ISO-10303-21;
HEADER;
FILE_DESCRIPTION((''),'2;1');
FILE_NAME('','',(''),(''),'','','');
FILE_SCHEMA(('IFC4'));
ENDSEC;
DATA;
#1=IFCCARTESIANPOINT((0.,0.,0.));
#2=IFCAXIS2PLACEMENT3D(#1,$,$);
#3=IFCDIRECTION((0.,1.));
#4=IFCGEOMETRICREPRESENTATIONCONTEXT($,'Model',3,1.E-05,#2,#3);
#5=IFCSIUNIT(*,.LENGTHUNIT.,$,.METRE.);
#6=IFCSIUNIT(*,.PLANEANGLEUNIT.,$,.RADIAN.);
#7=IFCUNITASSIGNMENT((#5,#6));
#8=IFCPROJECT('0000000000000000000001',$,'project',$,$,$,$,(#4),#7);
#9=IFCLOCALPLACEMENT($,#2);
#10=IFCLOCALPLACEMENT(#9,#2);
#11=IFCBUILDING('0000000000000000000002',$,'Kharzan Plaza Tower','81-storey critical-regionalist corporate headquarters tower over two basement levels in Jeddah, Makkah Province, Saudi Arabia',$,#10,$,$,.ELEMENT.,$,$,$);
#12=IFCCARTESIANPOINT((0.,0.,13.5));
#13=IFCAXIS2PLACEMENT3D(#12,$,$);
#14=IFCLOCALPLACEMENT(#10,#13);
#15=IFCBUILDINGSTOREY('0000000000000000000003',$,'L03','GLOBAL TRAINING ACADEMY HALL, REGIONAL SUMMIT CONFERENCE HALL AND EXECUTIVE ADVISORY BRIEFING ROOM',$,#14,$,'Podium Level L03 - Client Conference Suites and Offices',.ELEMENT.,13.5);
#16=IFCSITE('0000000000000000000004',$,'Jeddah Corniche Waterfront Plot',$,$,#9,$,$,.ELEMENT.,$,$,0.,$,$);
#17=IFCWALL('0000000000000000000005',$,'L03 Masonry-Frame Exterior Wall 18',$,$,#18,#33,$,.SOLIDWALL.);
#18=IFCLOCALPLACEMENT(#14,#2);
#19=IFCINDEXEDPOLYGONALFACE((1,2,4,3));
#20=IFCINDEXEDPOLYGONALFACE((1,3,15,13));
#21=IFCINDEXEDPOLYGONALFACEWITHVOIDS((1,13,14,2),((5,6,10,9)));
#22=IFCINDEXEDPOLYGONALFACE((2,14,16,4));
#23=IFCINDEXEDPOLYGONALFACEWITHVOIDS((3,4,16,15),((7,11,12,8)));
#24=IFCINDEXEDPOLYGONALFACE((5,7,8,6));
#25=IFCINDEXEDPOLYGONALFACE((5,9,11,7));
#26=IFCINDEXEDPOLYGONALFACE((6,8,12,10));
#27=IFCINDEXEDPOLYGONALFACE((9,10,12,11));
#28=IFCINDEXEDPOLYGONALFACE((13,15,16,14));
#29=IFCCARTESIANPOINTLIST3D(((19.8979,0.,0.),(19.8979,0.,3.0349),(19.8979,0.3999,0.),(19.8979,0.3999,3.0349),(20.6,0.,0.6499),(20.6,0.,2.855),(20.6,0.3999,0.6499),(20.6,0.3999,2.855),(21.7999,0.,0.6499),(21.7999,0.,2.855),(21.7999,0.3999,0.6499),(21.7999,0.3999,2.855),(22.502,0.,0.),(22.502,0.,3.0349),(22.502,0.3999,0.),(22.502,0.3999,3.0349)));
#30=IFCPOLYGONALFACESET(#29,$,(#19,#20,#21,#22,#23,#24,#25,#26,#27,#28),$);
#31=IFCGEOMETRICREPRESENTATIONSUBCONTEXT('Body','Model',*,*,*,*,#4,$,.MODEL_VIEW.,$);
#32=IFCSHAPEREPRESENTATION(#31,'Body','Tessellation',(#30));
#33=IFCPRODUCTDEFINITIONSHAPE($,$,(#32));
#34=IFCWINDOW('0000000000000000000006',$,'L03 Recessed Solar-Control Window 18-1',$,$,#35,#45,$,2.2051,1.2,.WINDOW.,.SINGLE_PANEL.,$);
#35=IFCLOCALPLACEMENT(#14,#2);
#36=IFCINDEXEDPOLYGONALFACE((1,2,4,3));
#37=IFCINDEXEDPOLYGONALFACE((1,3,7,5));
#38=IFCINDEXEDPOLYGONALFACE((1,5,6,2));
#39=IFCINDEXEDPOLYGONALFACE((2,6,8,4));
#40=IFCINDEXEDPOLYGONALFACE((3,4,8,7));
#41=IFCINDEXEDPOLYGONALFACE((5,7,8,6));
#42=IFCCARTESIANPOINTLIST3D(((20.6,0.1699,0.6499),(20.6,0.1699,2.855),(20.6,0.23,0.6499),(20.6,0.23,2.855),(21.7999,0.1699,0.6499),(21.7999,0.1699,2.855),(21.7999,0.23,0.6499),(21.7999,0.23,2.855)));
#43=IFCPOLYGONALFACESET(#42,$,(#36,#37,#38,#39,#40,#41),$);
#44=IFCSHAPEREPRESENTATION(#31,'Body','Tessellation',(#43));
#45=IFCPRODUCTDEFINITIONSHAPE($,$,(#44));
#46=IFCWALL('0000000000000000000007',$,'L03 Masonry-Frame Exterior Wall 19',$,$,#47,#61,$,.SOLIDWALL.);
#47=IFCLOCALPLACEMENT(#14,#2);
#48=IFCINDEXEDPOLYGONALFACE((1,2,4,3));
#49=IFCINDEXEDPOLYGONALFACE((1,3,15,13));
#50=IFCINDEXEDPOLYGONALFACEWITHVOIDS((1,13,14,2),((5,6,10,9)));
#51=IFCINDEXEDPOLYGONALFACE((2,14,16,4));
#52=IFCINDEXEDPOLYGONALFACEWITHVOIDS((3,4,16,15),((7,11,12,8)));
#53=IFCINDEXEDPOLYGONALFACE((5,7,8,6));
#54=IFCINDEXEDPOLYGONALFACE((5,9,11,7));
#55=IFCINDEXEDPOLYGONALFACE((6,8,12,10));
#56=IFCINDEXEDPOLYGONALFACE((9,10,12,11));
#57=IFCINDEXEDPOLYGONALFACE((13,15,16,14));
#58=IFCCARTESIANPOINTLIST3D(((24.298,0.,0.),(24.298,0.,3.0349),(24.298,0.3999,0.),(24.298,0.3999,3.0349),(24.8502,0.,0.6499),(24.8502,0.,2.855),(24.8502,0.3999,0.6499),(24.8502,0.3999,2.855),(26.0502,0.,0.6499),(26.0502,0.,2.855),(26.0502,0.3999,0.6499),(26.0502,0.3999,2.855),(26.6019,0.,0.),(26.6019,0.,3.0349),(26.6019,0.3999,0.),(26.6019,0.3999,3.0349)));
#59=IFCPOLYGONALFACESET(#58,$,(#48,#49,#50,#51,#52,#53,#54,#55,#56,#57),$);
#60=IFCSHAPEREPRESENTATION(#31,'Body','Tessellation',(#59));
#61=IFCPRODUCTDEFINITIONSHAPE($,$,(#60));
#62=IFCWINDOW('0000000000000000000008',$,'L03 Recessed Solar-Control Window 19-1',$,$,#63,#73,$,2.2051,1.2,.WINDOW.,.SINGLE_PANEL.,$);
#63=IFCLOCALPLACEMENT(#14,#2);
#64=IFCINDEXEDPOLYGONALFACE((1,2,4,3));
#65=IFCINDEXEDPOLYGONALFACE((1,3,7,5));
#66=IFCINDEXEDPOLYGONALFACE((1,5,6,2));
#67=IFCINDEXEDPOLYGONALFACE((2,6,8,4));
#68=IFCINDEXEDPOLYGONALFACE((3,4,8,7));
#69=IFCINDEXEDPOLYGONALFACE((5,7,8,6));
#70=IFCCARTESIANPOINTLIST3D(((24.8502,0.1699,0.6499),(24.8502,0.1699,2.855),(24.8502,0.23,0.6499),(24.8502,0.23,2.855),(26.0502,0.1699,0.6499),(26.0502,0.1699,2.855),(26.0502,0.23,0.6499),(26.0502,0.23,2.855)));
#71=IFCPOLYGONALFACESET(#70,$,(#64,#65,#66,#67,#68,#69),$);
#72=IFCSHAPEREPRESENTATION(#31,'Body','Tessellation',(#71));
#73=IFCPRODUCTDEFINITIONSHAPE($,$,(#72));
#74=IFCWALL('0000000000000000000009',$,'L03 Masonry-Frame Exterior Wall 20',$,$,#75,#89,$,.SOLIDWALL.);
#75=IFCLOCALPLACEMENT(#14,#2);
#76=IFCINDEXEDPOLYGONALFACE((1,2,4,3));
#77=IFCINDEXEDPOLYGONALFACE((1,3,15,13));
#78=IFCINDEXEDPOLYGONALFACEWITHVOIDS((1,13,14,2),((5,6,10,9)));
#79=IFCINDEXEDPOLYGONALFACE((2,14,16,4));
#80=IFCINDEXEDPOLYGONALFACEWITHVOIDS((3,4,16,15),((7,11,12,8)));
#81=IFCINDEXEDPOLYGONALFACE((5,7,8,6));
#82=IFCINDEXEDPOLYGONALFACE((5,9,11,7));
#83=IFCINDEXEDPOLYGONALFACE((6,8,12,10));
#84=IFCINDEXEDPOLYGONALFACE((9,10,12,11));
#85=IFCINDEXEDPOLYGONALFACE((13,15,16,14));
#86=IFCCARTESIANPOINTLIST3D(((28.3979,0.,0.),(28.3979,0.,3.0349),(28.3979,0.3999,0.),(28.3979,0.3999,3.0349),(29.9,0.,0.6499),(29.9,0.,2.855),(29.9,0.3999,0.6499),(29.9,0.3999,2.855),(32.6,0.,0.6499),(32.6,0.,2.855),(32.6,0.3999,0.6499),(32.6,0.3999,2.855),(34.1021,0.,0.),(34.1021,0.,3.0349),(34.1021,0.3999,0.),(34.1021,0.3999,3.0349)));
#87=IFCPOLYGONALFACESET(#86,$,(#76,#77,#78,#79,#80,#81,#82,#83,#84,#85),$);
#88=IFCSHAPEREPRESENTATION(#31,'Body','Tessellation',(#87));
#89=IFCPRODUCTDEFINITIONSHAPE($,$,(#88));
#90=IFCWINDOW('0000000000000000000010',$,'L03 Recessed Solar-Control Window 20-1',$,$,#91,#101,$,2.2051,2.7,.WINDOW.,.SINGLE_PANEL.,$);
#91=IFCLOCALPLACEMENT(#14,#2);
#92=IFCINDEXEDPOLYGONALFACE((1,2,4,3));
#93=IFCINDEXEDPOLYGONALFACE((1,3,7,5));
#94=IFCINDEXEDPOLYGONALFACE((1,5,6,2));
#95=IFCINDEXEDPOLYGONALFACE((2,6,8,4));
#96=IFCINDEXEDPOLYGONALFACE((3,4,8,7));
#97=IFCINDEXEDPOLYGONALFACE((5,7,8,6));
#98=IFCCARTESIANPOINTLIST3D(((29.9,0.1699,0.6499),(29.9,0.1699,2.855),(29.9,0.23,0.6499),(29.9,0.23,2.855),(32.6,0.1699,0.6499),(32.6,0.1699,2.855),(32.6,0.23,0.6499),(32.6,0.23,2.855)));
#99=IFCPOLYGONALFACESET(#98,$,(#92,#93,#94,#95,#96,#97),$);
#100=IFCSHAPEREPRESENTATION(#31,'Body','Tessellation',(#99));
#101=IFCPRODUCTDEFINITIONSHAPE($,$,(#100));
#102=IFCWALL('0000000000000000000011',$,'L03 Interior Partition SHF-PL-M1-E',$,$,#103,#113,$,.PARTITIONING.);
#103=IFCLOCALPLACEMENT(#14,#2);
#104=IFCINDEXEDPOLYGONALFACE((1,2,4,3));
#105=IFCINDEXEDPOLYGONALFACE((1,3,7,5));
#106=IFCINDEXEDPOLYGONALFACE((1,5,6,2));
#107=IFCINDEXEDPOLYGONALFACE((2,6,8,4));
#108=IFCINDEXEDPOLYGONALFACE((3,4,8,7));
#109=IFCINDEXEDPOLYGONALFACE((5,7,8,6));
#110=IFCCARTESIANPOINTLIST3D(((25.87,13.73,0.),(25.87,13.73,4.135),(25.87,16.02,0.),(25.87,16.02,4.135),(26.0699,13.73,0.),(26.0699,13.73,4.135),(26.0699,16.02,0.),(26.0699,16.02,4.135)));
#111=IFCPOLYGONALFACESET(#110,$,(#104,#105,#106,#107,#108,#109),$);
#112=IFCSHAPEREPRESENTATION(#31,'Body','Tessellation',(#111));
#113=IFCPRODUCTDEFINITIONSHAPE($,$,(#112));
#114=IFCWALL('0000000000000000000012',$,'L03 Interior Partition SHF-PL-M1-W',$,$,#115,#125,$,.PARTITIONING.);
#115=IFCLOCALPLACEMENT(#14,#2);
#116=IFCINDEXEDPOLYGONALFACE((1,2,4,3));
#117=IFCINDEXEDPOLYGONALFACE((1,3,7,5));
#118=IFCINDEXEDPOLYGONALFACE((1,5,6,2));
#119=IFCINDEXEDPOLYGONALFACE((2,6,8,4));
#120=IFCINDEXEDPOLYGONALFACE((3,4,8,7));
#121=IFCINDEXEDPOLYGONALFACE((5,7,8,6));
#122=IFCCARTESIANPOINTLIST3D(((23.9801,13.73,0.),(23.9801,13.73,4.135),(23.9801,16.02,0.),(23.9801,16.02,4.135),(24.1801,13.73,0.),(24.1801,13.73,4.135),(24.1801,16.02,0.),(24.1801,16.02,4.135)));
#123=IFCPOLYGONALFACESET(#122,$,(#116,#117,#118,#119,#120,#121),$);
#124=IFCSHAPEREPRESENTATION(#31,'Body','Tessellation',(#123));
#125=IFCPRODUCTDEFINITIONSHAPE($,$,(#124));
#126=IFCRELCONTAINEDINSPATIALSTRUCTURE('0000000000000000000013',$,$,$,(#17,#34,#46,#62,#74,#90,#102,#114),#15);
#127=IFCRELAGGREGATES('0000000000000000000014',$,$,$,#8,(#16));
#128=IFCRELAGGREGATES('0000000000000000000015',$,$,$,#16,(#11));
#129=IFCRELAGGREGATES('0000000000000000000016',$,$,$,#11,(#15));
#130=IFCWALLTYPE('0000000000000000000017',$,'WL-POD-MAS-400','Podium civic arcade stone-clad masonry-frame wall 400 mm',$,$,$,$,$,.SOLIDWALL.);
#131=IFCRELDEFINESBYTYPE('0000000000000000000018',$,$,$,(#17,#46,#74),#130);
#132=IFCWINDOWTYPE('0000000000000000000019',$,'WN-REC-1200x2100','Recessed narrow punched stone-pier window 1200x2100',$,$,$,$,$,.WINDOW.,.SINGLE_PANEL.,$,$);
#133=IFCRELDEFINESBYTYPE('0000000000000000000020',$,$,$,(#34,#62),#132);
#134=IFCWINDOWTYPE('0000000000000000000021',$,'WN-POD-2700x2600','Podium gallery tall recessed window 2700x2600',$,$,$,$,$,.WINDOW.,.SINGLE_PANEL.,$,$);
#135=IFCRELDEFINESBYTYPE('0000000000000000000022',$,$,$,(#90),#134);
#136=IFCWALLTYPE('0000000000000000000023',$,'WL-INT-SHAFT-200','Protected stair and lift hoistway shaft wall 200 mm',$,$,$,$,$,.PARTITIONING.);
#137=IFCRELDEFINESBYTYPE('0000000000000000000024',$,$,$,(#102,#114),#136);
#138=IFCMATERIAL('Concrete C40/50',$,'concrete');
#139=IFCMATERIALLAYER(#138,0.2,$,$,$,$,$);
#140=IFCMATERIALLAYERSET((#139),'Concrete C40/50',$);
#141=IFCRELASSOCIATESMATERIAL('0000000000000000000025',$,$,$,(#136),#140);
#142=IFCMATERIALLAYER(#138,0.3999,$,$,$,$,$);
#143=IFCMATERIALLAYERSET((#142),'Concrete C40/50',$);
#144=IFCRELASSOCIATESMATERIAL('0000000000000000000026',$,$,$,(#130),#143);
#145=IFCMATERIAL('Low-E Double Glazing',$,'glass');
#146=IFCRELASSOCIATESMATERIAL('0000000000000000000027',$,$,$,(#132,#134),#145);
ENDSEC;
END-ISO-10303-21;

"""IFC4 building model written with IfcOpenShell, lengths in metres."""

from ifc_helpers import new_model, si_unit, direction, frame, frame_2d, origin, place, context, subcontext, project, spatial, rectangle, extrude, source, transform, mapped, material, layer, layer_set, type_object, element, fill, save


model = new_model("IFC4")

# Units and contexts
model_context = context("Model", 3, precision=1e-05, world=origin(), true_north=direction((0.0, 1.0)))
body_context = subcontext(model_context, "Body", "Model", "MODEL_VIEW")
ifc_project = project(units=[si_unit("LENGTHUNIT", "METRE"), si_unit("PLANEANGLEUNIT", "RADIAN")], contexts=[model_context])

# Site, building, storey
site_placement = place(None, origin())
site = spatial("IfcSite", under=ifc_project, at=site_placement, Name="Jeddah Corniche Waterfront Plot", CompositionType="ELEMENT", RefElevation=0.0)
building_placement = place(site_placement, origin())
building = spatial("IfcBuilding", under=site, at=building_placement, Name="Kharzan Plaza Tower", Description="81-storey critical-regionalist corporate headquarters tower over two basement levels in Jeddah, Makkah Province, Saudi Arabia", CompositionType="ELEMENT")
storey_placement = place(building_placement, frame((0.0, 0.0, 13.5)))
storey = spatial("IfcBuildingStorey", under=building, at=storey_placement, Name="L03", Description="GLOBAL TRAINING ACADEMY HALL, REGIONAL SUMMIT CONFERENCE HALL AND EXECUTIVE ADVISORY BRIEFING ROOM", LongName="Podium Level L03 - Client Conference Suites and Offices", CompositionType="ELEMENT", Elevation=13.5)

# Shared definitions
ifc_material_1 = material(Name="Concrete C40/50", Category="concrete")
ifc_layer_1 = layer(ifc_material_1, 0.2)
ifc_layer_set_1 = layer_set([ifc_layer_1], Name="Concrete C40/50")
wall_type_1 = type_object("IfcWallType", Name="WL-INT-SHAFT-200", Description="Protected stair and lift hoistway shaft wall 200 mm", PredefinedType="PARTITIONING", material=ifc_layer_set_1)

# Walls, openings, windows
ifc_layer_2 = layer(ifc_material_1, 0.3999)
ifc_layer_set_2 = layer_set([ifc_layer_2], Name="Concrete C40/50")
wall_type_2 = type_object("IfcWallType", Name="WL-POD-MAS-400", Description="Podium civic arcade stone-clad masonry-frame wall 400 mm", PredefinedType="SOLIDWALL", material=ifc_layer_set_2)
wall_1_placement = place(storey_placement, frame((19.8979, 0.2, 0.0), z_axis=(0.0, 0.0, 1.0), x_axis=(1.0, 0.0, 0.0)))
wall_1 = element("IfcWall", 1, at=wall_1_placement, inside=storey, type_object=wall_type_2, Name="L03 Masonry-Frame Exterior Wall 18", PredefinedType="SOLIDWALL", context=body_context, shape_type="SweptSolid", body=[
    extrude(rectangle(XDim=2.604, YDim=0.3999, at=frame_2d((1.302, 0.0))), origin(), (0.0, 0.0, 1.0), 3.0349),
])
opening_1_placement = place(wall_1_placement, frame((0.7019, 0.0, 0.6499)))
opening_1 = element("IfcOpeningElement", 2, at=opening_1_placement, cuts=wall_1, PredefinedType="OPENING", context=body_context, shape_type="SweptSolid", body=[
    extrude(rectangle(XDim=1.2, YDim=2.2051, at=frame_2d((0.6001, 1.1025))), frame((0.0, 0.21, 0.0), z_axis=(0.0, -1.0, 0.0), x_axis=(1.0, 0.0, 0.0)), (0.0, 0.0, 1.0), 0.4199),
])
ifc_material_2 = material(Name="Low-E Double Glazing", Category="glass")
window_type_1 = type_object("IfcWindowType", Name="WN-REC-1200x2100", Description="Recessed narrow punched stone-pier window 1200x2100", PartitioningType="SINGLE_PANEL", PredefinedType="WINDOW", material=ifc_material_2)
shared_shape_1 = source(origin(), body_context, "Body", "SweptSolid", [
    extrude(rectangle(XDim=1.2, YDim=2.2051, at=frame_2d((0.6001, 1.1025))), frame((0.0, 0.03, 0.0), z_axis=(0.0, -1.0, 0.0), x_axis=(1.0, 0.0, 0.0)), (0.0, 0.0, 1.0), 0.0601),
])
window_1_placement = place(opening_1_placement, origin())
window_1 = element("IfcWindow", 3, at=window_1_placement, inside=storey, type_object=window_type_1, Name="L03 Recessed Solar-Control Window 18-1", OverallHeight=2.2051, OverallWidth=1.2, PartitioningType="SINGLE_PANEL", PredefinedType="WINDOW", context=body_context, shape_type="MappedRepresentation", body=[
    mapped(shared_shape_1, transform((0.0, 0.0, 0.0), x_axis=(1.0, 0.0, 0.0), y_axis=(0.0, 1.0, 0.0), z_axis=(0.0, 0.0, 1.0))),
])
fill(opening_1, window_1)
wall_2_placement = place(storey_placement, frame((24.2981, 0.2, 0.0), z_axis=(0.0, 0.0, 1.0), x_axis=(1.0, 0.0, 0.0)))
wall_2 = element("IfcWall", 4, at=wall_2_placement, inside=storey, type_object=wall_type_2, Name="L03 Masonry-Frame Exterior Wall 19", PredefinedType="SOLIDWALL", context=body_context, shape_type="SweptSolid", body=[
    extrude(rectangle(XDim=2.304, YDim=0.3999, at=frame_2d((1.1519, 0.0))), origin(), (0.0, 0.0, 1.0), 3.0349),
])
opening_2_placement = place(wall_2_placement, frame((0.552, 0.0, 0.6499)))
opening_2 = element("IfcOpeningElement", 5, at=opening_2_placement, cuts=wall_2, PredefinedType="OPENING", context=body_context, shape_type="SweptSolid", body=[
    extrude(rectangle(XDim=1.2, YDim=2.2051, at=frame_2d((0.6001, 1.1025))), frame((0.0, 0.21, 0.0), z_axis=(0.0, -1.0, 0.0), x_axis=(1.0, 0.0, 0.0)), (0.0, 0.0, 1.0), 0.4199),
])
window_2_placement = place(opening_2_placement, origin())
window_2 = element("IfcWindow", 6, at=window_2_placement, inside=storey, type_object=window_type_1, Name="L03 Recessed Solar-Control Window 19-1", OverallHeight=2.2051, OverallWidth=1.2, PartitioningType="SINGLE_PANEL", PredefinedType="WINDOW", context=body_context, shape_type="MappedRepresentation", body=[
    mapped(shared_shape_1, transform((0.0, 0.0, 0.0), x_axis=(1.0, 0.0, 0.0), y_axis=(0.0, 1.0, 0.0), z_axis=(0.0, 0.0, 1.0))),
])
fill(opening_2, window_2)
wall_3_placement = place(storey_placement, frame((28.3979, 0.2, 0.0), z_axis=(0.0, 0.0, 1.0), x_axis=(1.0, 0.0, 0.0)))
wall_3 = element("IfcWall", 7, at=wall_3_placement, inside=storey, type_object=wall_type_2, Name="L03 Masonry-Frame Exterior Wall 20", PredefinedType="SOLIDWALL", context=body_context, shape_type="SweptSolid", body=[
    extrude(rectangle(XDim=5.7041, YDim=0.3999, at=frame_2d((2.8521, 0.0))), origin(), (0.0, 0.0, 1.0), 3.0349),
])
opening_3_placement = place(wall_3_placement, frame((1.502, 0.0, 0.6499)))
opening_3 = element("IfcOpeningElement", 8, at=opening_3_placement, cuts=wall_3, PredefinedType="OPENING", context=body_context, shape_type="SweptSolid", body=[
    extrude(rectangle(XDim=2.7, YDim=2.2051, at=frame_2d((1.3501, 1.1025))), frame((0.0, 0.21, 0.0), z_axis=(0.0, -1.0, 0.0), x_axis=(1.0, 0.0, 0.0)), (0.0, 0.0, 1.0), 0.4199),
])
window_type_2 = type_object("IfcWindowType", Name="WN-POD-2700x2600", Description="Podium gallery tall recessed window 2700x2600", PartitioningType="SINGLE_PANEL", PredefinedType="WINDOW", material=ifc_material_2)
shared_shape_2 = source(origin(), body_context, "Body", "SweptSolid", [
    extrude(rectangle(XDim=2.7, YDim=2.2051, at=frame_2d((1.3501, 1.1025))), frame((0.0, 0.03, 0.0), z_axis=(0.0, -1.0, 0.0), x_axis=(1.0, 0.0, 0.0)), (0.0, 0.0, 1.0), 0.0601),
])
window_3_placement = place(opening_3_placement, origin())
window_3 = element("IfcWindow", 9, at=window_3_placement, inside=storey, type_object=window_type_2, Name="L03 Recessed Solar-Control Window 20-1", OverallHeight=2.2051, OverallWidth=2.7, PartitioningType="SINGLE_PANEL", PredefinedType="WINDOW", context=body_context, shape_type="MappedRepresentation", body=[
    mapped(shared_shape_2, transform((0.0, 0.0, 0.0), x_axis=(1.0, 0.0, 0.0), y_axis=(0.0, 1.0, 0.0), z_axis=(0.0, 0.0, 1.0))),
])
fill(opening_3, window_3)

# Walls
shared_shape_3 = source(origin(), body_context, "Body", "SweptSolid", [
    extrude(rectangle(XDim=2.29, YDim=0.2, at=frame_2d((1.145, 0.0))), origin(), (0.0, 0.0, 1.0), 4.135),
])
for number, where, z_axis, x_axis, name in (
    (10, (25.97, 13.73, 0.0), (0.0, 0.0, 1.0), (0.0, 1.0, 0.0), "L03 Interior Partition SHF-PL-M1-E"),
    (11, (24.0801, 13.73, 0.0), (0.0, 0.0, 1.0), (0.0, 1.0, 0.0), "L03 Interior Partition SHF-PL-M1-W"),
):
    element("IfcWall", number, at=place(storey_placement, frame(where, z_axis=z_axis, x_axis=x_axis)), inside=storey, type_object=wall_type_1, Name=name, PredefinedType="PARTITIONING", context=body_context, shape_type="MappedRepresentation", body=[
        mapped(shared_shape_3, transform((0.0, 0.0, 0.0), x_axis=(1.0, 0.0, 0.0), y_axis=(0.0, 1.0, 0.0), z_axis=(0.0, 0.0, 1.0))),
    ])

save(model, "model.ifc")
